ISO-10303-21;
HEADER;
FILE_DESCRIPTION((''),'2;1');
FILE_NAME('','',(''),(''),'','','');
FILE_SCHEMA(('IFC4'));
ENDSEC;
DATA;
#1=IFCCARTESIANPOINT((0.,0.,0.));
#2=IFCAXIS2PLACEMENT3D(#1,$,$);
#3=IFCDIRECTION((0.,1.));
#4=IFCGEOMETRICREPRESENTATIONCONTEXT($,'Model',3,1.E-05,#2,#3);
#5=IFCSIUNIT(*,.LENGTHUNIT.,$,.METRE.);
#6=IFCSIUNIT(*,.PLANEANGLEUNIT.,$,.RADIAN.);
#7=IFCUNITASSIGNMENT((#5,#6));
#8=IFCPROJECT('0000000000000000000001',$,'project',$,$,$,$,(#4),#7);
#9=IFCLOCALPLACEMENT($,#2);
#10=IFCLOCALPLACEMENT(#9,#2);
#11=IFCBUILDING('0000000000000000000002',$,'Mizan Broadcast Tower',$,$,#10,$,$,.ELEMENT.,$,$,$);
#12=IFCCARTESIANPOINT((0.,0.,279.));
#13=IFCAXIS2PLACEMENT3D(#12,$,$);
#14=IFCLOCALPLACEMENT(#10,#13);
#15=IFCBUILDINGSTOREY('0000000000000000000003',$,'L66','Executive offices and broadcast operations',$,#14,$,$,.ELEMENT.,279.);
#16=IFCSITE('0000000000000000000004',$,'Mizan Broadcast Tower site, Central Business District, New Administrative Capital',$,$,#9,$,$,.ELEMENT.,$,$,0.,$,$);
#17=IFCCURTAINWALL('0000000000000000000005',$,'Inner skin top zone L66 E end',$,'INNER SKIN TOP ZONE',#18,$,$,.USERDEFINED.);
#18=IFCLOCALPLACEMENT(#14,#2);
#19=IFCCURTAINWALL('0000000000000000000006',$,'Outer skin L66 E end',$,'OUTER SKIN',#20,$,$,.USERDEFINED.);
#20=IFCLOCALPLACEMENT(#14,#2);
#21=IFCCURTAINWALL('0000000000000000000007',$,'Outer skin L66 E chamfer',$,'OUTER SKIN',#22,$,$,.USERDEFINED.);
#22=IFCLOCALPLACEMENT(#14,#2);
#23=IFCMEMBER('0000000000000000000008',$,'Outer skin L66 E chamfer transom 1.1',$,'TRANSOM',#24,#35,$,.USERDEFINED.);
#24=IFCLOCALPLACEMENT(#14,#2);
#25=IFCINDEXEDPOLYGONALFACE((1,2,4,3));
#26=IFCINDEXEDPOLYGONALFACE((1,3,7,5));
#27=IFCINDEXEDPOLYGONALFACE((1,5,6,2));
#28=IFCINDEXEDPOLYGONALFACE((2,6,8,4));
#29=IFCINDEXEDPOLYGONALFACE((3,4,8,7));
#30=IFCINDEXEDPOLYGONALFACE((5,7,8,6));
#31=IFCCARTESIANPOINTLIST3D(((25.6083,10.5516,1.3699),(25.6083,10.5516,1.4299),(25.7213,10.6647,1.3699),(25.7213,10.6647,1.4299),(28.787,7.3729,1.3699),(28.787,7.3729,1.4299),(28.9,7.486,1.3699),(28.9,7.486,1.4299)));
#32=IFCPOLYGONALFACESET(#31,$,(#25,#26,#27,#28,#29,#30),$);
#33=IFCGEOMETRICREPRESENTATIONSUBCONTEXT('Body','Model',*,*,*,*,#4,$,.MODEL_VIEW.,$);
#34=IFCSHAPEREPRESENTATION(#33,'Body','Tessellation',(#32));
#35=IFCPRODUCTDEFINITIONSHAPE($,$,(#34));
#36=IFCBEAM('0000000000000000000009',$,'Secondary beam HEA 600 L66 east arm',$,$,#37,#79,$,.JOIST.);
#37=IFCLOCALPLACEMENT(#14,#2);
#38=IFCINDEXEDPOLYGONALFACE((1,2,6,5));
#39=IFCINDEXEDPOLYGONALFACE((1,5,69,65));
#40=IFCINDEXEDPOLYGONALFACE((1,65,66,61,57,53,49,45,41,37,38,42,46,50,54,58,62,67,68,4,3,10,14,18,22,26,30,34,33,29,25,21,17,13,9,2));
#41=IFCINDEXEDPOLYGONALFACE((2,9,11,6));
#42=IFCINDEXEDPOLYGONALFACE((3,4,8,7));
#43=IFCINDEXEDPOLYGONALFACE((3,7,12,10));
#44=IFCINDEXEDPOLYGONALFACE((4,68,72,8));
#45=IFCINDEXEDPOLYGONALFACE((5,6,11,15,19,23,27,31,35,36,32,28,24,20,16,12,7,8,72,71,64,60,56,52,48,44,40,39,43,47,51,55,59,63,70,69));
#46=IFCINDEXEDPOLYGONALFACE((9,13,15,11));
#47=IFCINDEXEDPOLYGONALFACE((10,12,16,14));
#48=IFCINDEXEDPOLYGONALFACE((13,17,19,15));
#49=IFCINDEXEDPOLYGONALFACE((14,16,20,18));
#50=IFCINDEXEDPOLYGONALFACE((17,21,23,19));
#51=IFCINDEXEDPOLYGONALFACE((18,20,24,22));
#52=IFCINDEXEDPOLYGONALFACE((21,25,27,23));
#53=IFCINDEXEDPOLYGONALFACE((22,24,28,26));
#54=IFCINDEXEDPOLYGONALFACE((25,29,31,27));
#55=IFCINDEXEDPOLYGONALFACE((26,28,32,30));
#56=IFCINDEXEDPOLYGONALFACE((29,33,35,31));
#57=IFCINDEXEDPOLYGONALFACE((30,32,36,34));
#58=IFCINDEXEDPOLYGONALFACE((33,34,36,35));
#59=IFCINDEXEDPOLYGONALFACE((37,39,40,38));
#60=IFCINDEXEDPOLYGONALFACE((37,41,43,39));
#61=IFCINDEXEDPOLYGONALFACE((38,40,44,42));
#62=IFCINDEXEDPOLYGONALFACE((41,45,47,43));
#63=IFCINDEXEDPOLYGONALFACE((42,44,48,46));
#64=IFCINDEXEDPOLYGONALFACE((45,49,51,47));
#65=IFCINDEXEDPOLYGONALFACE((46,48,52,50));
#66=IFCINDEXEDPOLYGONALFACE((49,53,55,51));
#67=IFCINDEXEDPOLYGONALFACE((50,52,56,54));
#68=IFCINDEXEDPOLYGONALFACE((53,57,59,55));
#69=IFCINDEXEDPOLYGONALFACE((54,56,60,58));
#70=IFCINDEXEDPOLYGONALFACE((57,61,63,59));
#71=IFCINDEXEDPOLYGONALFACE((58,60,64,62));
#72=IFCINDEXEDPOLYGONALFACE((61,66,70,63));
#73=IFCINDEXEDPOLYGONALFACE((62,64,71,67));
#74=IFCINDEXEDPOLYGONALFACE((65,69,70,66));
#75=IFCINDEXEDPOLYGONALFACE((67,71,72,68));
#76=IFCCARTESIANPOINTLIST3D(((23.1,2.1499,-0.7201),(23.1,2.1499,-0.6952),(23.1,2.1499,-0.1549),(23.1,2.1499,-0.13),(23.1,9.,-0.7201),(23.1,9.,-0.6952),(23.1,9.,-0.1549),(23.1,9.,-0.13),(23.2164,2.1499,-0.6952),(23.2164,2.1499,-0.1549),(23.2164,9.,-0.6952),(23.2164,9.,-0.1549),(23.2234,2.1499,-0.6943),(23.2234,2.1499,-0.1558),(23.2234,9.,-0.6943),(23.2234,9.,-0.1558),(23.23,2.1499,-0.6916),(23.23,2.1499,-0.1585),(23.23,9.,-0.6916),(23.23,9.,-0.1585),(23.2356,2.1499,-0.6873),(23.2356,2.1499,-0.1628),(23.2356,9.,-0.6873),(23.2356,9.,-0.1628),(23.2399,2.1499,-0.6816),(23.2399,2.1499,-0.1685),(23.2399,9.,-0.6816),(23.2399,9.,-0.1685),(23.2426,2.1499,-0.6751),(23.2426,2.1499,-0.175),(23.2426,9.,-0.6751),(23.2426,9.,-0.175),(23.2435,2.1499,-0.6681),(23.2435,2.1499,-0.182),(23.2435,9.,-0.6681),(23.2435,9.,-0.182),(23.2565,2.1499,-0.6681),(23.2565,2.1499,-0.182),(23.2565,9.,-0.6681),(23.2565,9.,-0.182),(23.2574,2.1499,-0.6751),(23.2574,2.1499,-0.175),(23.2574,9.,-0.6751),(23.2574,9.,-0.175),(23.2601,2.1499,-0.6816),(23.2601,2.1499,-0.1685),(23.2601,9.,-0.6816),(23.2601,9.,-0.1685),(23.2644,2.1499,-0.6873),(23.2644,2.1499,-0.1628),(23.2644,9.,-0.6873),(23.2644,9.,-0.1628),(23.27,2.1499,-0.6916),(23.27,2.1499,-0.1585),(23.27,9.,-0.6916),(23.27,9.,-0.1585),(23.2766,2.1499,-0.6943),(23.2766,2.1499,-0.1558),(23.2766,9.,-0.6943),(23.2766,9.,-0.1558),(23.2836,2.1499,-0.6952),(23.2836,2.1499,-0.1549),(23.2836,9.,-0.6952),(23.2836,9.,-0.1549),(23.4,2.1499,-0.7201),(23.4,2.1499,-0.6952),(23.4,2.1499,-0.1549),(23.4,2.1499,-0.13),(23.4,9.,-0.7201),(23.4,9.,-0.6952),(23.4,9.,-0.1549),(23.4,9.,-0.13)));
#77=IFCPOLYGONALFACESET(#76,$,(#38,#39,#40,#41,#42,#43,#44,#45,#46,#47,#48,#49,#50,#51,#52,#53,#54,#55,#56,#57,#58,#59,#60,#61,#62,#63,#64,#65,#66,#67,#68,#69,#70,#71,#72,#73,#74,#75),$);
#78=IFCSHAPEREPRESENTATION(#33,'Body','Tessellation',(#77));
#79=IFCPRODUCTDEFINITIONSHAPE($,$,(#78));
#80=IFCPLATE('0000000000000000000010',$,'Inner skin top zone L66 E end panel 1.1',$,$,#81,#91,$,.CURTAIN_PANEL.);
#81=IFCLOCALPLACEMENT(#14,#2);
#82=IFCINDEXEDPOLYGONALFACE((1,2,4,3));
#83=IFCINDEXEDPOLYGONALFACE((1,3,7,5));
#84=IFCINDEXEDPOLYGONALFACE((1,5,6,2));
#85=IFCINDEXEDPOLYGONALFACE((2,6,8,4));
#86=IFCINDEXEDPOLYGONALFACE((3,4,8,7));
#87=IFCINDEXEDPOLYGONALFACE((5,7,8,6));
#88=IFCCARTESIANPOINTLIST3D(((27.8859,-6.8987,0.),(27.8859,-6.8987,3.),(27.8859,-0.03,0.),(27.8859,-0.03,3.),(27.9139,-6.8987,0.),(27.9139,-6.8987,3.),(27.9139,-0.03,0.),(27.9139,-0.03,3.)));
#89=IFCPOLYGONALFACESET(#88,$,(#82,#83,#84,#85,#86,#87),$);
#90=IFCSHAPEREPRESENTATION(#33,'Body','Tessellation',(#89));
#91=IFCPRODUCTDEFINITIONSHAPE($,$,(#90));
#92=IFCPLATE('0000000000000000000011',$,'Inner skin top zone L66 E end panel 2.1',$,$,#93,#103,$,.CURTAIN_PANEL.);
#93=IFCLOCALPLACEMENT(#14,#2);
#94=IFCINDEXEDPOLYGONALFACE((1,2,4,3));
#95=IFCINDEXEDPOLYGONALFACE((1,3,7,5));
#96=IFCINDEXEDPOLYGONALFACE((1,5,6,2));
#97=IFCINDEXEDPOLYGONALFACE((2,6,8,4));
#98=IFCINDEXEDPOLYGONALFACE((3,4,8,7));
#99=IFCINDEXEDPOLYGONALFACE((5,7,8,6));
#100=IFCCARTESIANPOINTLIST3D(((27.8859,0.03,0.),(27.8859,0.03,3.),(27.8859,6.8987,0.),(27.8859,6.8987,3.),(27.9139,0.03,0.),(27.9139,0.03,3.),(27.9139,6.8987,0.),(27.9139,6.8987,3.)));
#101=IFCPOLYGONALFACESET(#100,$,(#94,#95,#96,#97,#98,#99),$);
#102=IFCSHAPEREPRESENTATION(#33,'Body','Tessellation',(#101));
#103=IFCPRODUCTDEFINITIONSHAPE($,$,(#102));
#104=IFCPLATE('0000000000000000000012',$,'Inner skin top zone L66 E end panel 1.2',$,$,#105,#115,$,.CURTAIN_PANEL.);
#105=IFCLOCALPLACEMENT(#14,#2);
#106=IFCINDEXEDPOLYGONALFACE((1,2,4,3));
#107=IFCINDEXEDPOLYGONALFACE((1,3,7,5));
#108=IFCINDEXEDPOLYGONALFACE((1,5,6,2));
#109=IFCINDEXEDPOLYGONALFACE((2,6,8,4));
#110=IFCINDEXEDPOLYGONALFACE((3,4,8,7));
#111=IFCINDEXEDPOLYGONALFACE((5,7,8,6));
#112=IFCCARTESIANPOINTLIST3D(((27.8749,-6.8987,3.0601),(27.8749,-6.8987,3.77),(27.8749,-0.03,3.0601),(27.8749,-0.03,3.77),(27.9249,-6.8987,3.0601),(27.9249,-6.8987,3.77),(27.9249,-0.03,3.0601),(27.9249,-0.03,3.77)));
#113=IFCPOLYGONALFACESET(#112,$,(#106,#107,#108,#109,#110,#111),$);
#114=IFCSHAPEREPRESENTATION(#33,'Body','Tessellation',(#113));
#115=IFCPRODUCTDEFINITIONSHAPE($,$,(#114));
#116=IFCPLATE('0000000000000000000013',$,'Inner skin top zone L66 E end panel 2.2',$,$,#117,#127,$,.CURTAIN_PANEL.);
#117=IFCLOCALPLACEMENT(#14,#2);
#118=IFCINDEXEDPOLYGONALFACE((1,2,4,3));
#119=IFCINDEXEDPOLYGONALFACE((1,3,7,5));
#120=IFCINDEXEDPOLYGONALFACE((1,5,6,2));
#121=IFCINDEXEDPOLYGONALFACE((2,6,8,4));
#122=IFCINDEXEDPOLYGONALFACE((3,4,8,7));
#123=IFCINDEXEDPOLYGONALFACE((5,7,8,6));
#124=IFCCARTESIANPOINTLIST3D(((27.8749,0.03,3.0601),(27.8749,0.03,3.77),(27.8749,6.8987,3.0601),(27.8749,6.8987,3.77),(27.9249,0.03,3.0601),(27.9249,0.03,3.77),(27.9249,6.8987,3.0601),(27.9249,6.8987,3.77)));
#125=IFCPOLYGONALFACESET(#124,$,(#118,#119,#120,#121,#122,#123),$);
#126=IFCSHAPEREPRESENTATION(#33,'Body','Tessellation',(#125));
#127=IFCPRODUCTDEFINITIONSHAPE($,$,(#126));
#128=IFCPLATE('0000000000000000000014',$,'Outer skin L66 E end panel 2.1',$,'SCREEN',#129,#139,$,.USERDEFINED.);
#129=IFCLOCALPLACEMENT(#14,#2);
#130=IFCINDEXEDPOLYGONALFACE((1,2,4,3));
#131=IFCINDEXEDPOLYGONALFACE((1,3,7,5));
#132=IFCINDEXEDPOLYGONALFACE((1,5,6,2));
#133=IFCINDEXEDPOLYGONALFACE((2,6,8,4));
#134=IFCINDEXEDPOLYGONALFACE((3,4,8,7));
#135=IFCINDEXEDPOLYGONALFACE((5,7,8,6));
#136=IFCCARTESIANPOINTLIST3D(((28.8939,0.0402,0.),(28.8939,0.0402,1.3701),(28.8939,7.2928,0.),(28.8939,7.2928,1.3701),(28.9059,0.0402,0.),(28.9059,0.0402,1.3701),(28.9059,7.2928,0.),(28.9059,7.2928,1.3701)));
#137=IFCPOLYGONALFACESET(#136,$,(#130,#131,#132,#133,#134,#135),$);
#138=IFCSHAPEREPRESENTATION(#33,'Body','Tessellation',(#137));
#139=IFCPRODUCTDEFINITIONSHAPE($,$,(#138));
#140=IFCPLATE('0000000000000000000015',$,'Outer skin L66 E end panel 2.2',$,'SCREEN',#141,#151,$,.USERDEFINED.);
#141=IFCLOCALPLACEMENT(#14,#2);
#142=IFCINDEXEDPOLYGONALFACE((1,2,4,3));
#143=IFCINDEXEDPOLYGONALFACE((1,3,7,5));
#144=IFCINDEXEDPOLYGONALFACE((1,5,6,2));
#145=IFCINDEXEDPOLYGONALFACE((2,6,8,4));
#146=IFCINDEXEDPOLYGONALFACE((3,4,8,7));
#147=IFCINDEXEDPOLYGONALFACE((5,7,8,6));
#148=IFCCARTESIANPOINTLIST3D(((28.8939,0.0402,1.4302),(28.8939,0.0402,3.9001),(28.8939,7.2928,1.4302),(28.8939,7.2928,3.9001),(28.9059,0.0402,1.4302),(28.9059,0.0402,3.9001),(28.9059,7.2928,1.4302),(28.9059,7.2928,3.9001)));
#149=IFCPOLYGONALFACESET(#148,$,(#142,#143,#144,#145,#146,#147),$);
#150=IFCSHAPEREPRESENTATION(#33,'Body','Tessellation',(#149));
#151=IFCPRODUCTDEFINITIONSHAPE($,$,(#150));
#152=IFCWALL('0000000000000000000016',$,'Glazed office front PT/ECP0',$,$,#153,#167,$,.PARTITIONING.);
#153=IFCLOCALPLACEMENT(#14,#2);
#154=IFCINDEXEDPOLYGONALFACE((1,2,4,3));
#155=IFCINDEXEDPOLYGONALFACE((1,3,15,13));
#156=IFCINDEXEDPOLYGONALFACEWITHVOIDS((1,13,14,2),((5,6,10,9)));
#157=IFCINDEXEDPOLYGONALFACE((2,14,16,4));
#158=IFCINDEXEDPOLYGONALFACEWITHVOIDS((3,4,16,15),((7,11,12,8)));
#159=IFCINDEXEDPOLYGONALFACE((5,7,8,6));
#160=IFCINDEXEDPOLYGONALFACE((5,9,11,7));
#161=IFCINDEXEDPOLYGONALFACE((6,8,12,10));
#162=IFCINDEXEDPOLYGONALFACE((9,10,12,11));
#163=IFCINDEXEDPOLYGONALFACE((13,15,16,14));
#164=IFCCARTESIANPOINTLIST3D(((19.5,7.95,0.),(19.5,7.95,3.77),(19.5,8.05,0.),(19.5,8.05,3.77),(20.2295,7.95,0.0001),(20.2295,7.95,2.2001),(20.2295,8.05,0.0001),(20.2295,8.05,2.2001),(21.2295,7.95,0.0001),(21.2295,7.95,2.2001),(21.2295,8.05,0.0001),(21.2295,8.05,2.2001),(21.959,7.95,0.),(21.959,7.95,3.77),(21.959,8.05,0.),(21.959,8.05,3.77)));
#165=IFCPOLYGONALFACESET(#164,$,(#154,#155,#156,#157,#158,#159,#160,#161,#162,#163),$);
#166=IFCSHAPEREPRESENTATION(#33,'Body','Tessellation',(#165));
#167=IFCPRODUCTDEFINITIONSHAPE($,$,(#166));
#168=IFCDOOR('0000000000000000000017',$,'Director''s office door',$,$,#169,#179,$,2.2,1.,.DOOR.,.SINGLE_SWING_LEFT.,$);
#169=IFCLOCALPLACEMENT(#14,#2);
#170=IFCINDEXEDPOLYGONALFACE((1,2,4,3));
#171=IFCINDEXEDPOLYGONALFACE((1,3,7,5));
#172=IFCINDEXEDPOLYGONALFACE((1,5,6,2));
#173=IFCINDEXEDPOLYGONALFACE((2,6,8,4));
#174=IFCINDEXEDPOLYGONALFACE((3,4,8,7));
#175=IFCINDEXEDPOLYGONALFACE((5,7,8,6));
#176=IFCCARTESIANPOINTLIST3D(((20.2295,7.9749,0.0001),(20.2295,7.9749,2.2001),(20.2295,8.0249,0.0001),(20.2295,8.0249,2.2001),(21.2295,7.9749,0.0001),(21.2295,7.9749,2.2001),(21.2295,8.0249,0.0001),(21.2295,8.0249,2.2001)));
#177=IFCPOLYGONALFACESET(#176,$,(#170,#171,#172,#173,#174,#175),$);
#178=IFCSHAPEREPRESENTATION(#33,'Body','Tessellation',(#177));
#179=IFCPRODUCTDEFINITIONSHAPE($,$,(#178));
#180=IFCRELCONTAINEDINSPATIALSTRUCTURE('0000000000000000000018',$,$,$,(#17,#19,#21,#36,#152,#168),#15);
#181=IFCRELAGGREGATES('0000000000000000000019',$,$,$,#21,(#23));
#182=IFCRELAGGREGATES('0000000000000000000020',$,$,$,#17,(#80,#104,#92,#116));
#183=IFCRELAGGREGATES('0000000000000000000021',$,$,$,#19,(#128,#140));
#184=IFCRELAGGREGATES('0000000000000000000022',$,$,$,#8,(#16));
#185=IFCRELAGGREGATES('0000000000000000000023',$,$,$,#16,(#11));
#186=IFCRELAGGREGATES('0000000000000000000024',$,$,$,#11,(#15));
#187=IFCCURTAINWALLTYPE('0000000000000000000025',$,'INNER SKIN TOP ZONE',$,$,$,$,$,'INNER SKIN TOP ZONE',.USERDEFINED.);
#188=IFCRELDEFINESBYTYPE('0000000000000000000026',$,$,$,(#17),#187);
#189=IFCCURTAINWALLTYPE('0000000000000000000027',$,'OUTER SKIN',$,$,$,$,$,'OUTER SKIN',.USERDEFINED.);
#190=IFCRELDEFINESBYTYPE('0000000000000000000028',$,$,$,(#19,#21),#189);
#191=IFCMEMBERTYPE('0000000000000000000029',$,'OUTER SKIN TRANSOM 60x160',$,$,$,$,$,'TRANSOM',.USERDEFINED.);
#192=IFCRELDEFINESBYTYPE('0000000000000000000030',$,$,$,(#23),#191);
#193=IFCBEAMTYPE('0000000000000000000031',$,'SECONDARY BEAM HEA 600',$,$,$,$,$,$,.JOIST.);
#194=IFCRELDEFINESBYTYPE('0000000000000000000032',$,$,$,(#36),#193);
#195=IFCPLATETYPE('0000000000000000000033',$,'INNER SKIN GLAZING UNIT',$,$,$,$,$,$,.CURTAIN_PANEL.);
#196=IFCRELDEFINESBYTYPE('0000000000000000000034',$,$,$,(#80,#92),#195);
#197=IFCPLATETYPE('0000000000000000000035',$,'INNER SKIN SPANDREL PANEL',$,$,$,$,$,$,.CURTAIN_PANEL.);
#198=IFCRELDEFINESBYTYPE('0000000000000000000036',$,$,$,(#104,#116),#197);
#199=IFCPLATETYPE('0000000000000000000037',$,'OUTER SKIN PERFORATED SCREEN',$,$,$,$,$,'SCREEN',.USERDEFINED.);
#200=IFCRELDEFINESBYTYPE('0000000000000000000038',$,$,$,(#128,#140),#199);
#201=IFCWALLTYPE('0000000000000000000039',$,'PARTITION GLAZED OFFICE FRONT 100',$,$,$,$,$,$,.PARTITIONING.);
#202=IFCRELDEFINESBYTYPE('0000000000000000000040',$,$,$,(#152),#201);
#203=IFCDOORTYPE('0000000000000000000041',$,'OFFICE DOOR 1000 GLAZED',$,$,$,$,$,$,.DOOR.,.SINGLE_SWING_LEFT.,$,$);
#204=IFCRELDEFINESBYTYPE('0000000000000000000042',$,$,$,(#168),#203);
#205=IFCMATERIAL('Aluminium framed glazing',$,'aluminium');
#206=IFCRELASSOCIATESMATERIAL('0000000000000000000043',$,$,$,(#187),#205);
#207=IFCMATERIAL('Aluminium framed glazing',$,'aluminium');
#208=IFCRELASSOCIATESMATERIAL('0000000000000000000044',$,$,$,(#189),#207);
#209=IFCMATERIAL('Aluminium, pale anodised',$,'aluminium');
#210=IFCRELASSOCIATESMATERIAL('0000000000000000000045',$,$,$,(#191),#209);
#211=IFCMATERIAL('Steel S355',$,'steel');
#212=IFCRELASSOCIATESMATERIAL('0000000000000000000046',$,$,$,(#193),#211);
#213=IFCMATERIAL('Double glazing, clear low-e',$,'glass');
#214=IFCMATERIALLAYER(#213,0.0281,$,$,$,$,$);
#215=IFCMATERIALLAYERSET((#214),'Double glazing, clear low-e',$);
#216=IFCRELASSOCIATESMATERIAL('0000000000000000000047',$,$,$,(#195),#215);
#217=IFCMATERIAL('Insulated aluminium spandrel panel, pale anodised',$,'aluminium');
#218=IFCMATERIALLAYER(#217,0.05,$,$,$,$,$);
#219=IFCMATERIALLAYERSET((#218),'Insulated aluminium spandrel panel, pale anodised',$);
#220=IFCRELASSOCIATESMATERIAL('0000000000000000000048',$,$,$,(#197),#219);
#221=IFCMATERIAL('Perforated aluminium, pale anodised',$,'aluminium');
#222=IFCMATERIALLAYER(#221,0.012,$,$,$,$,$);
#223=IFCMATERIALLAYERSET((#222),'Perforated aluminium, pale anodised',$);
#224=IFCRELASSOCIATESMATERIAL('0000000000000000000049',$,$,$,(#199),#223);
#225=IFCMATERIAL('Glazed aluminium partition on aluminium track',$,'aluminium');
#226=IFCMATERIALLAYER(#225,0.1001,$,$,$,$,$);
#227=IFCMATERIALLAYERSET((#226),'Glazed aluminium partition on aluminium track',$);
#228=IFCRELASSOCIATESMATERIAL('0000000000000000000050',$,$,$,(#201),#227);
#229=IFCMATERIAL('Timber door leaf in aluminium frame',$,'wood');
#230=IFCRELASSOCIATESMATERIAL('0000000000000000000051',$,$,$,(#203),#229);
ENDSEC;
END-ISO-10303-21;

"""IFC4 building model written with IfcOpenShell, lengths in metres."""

from ifc_helpers import new_model, si_unit, direction, frame, frame_2d, origin, origin_2d, place, context, subcontext, project, spatial, rectangle, i_section, extrude, material, layer, layer_set, material_profile, profile_set, type_object, element, fill, aggregate, save


model = new_model("IFC4")

# Units and contexts
model_context = context("Model", 3, precision=1e-05, world=origin(), true_north=direction((0.0, 1.0)))
body_context = subcontext(model_context, "Body", "Model", "MODEL_VIEW")
ifc_project = project(units=[si_unit("LENGTHUNIT", "METRE"), si_unit("PLANEANGLEUNIT", "RADIAN")], contexts=[model_context])

# Site, building, storey
site_placement = place(None, origin())
site = spatial("IfcSite", under=ifc_project, at=site_placement, Name="Mizan Broadcast Tower site, Central Business District, New Administrative Capital", CompositionType="ELEMENT", RefElevation=0.0)
building_placement = place(site_placement, origin())
building = spatial("IfcBuilding", under=site, at=building_placement, Name="Mizan Broadcast Tower", CompositionType="ELEMENT")
storey_placement = place(building_placement, frame((0.0, 0.0, 279.0)))
storey = spatial("IfcBuildingStorey", under=building, at=storey_placement, Name="L66", Description="Executive offices and broadcast operations", CompositionType="ELEMENT", Elevation=279.0)

# Curtain wall
ifc_material_1 = material(Name="Aluminium framed glazing", Category="aluminium")
curtain_wall_type_1 = type_object("IfcCurtainWallType", Name="INNER SKIN TOP ZONE", ElementType="INNER SKIN TOP ZONE", PredefinedType="USERDEFINED", material=ifc_material_1)
curtain_wall_1_placement = place(storey_placement, origin())
curtain_wall_1 = element("IfcCurtainWall", 1, at=curtain_wall_1_placement, inside=storey, type_object=curtain_wall_type_1, Name="Inner skin top zone L66 E end", ObjectType="INNER SKIN TOP ZONE", PredefinedType="USERDEFINED")

# Curtain wall
ifc_material_2 = material(Name="Aluminium framed glazing", Category="aluminium")
curtain_wall_type_2 = type_object("IfcCurtainWallType", Name="OUTER SKIN", ElementType="OUTER SKIN", PredefinedType="USERDEFINED", material=ifc_material_2)
curtain_wall_2_placement = place(storey_placement, origin())
curtain_wall_2 = element("IfcCurtainWall", 2, at=curtain_wall_2_placement, inside=storey, type_object=curtain_wall_type_2, Name="Outer skin L66 E end", ObjectType="OUTER SKIN", PredefinedType="USERDEFINED")
ifc_material_3 = material(Name="Aluminium, pale anodised", Category="aluminium")
ifc_material_profile_1 = material_profile(ifc_material_3, rectangle(XDim=0.1599, YDim=0.0601, at=origin_2d()), Name="TRANSOM 160x60")
ifc_profile_set_1 = profile_set([ifc_material_profile_1], Name="Aluminium, pale anodised")
member_type_1 = type_object("IfcMemberType", Name="OUTER SKIN TRANSOM 60x160", ElementType="TRANSOM", PredefinedType="USERDEFINED", material=ifc_profile_set_1)

# Curtain wall, member
curtain_wall_3_placement = place(storey_placement, origin())
curtain_wall_3 = element("IfcCurtainWall", 3, at=curtain_wall_3_placement, inside=storey, type_object=curtain_wall_type_2, Name="Outer skin L66 E chamfer", ObjectType="OUTER SKIN", PredefinedType="USERDEFINED")
member_1_placement = place(storey_placement, frame((28.8435, 7.4294, 1.3999), z_axis=(-0.707107, 0.707107, 0.0), x_axis=(-0.707107, -0.707107, 0.0)))
member_1 = element("IfcMember", 4, at=member_1_placement, type_object=member_type_1, Name="Outer skin L66 E chamfer transom 1.1", ObjectType="TRANSOM", PredefinedType="USERDEFINED", context=body_context, shape_type="SweptSolid", body=[
    extrude(rectangle(XDim=0.1599, YDim=0.0601, at=origin_2d()), origin(), (0.0, 0.0, 1.0), 4.4954),
])
aggregate(curtain_wall_3, [member_1])

# Beam
ifc_material_4 = material(Name="Steel S355", Category="steel")
ifc_material_profile_2 = material_profile(ifc_material_4, i_section(OverallWidth=0.3, OverallDepth=0.5901, WebThickness=0.0129, FlangeThickness=0.0249, FilletRadius=0.0271, at=origin_2d()), Name="HEA 600")
ifc_profile_set_2 = profile_set([ifc_material_profile_2], Name="Steel S355")
beam_type_1 = type_object("IfcBeamType", Name="SECONDARY BEAM HEA 600", PredefinedType="JOIST", material=ifc_profile_set_2)
beam_1_placement = place(storey_placement, frame((23.25, 9.0, -0.425), z_axis=(0.0, -1.0, 0.0), x_axis=(1.0, 0.0, 0.0)))
element("IfcBeam", 5, at=beam_1_placement, inside=storey, type_object=beam_type_1, Name="Secondary beam HEA 600 L66 east arm", PredefinedType="JOIST", context=body_context, shape_type="SweptSolid", body=[
    extrude(i_section(OverallWidth=0.3, OverallDepth=0.5901, WebThickness=0.0129, FlangeThickness=0.0249, FilletRadius=0.0271, at=origin_2d()), origin(), (0.0, 0.0, 1.0), 6.8501),
])

# Plates
ifc_material_5 = material(Name="Double glazing, clear low-e", Category="glass")
ifc_layer_1 = layer(ifc_material_5, 0.0281)
ifc_layer_set_1 = layer_set([ifc_layer_1], Name="Double glazing, clear low-e")
plate_type_1 = type_object("IfcPlateType", Name="INNER SKIN GLAZING UNIT", PredefinedType="CURTAIN_PANEL", material=ifc_layer_set_1)
plate_1_placement = place(storey_placement, frame((27.8999, -3.4644, 0.0), z_axis=(0.0, 0.0, 1.0), x_axis=(0.0, 1.0, 0.0)))
plate_1 = element("IfcPlate", 6, at=plate_1_placement, type_object=plate_type_1, Name="Inner skin top zone L66 E end panel 1.1", PredefinedType="CURTAIN_PANEL", context=body_context, shape_type="SweptSolid", body=[
    extrude(rectangle(XDim=6.8687, YDim=0.0281, at=origin_2d()), origin(), (0.0, 0.0, 1.0), 3.0),
])
plate_2_placement = place(storey_placement, frame((27.8999, 3.4644, 0.0), z_axis=(0.0, 0.0, 1.0), x_axis=(0.0, 1.0, 0.0)))
plate_2 = element("IfcPlate", 7, at=plate_2_placement, type_object=plate_type_1, Name="Inner skin top zone L66 E end panel 2.1", PredefinedType="CURTAIN_PANEL", context=body_context, shape_type="SweptSolid", body=[
    extrude(rectangle(XDim=6.8687, YDim=0.0281, at=origin_2d()), origin(), (0.0, 0.0, 1.0), 3.0),
])
ifc_material_6 = material(Name="Insulated aluminium spandrel panel, pale anodised", Category="aluminium")
ifc_layer_2 = layer(ifc_material_6, 0.05)
ifc_layer_set_2 = layer_set([ifc_layer_2], Name="Insulated aluminium spandrel panel, pale anodised")
plate_type_2 = type_object("IfcPlateType", Name="INNER SKIN SPANDREL PANEL", PredefinedType="CURTAIN_PANEL", material=ifc_layer_set_2)
plate_3_placement = place(storey_placement, frame((27.8999, -3.4644, 3.0601), z_axis=(0.0, 0.0, 1.0), x_axis=(0.0, 1.0, 0.0)))
plate_3 = element("IfcPlate", 8, at=plate_3_placement, type_object=plate_type_2, Name="Inner skin top zone L66 E end panel 1.2", PredefinedType="CURTAIN_PANEL", context=body_context, shape_type="SweptSolid", body=[
    extrude(rectangle(XDim=6.8687, YDim=0.05, at=origin_2d()), origin(), (0.0, 0.0, 1.0), 0.71),
])
plate_4_placement = place(storey_placement, frame((27.8999, 3.4644, 3.0601), z_axis=(0.0, 0.0, 1.0), x_axis=(0.0, 1.0, 0.0)))
plate_4 = element("IfcPlate", 9, at=plate_4_placement, type_object=plate_type_2, Name="Inner skin top zone L66 E end panel 2.2", PredefinedType="CURTAIN_PANEL", context=body_context, shape_type="SweptSolid", body=[
    extrude(rectangle(XDim=6.8687, YDim=0.05, at=origin_2d()), origin(), (0.0, 0.0, 1.0), 0.71),
])
aggregate(curtain_wall_1, [plate_1, plate_3, plate_2, plate_4])
ifc_material_7 = material(Name="Perforated aluminium, pale anodised", Category="aluminium")
ifc_layer_3 = layer(ifc_material_7, 0.012)
ifc_layer_set_3 = layer_set([ifc_layer_3], Name="Perforated aluminium, pale anodised")
plate_type_3 = type_object("IfcPlateType", Name="OUTER SKIN PERFORATED SCREEN", ElementType="SCREEN", PredefinedType="USERDEFINED", material=ifc_layer_set_3)
plate_5_placement = place(storey_placement, frame((28.8999, 3.6665, 0.0), z_axis=(0.0, 0.0, 1.0), x_axis=(0.0, 1.0, 0.0)))
plate_5 = element("IfcPlate", 10, at=plate_5_placement, type_object=plate_type_3, Name="Outer skin L66 E end panel 2.1", ObjectType="SCREEN", PredefinedType="USERDEFINED", context=body_context, shape_type="SweptSolid", body=[
    extrude(rectangle(XDim=7.2527, YDim=0.012, at=origin_2d()), origin(), (0.0, 0.0, 1.0), 1.3701),
])
plate_6_placement = place(storey_placement, frame((28.8999, 3.6665, 1.4302), z_axis=(0.0, 0.0, 1.0), x_axis=(0.0, 1.0, 0.0)))
plate_6 = element("IfcPlate", 11, at=plate_6_placement, type_object=plate_type_3, Name="Outer skin L66 E end panel 2.2", ObjectType="SCREEN", PredefinedType="USERDEFINED", context=body_context, shape_type="SweptSolid", body=[
    extrude(rectangle(XDim=7.2527, YDim=0.012, at=origin_2d()), origin(), (0.0, 0.0, 1.0), 2.47),
])
aggregate(curtain_wall_2, [plate_5, plate_6])

# Wall, opening, door
ifc_material_8 = material(Name="Glazed aluminium partition on aluminium track", Category="aluminium")
ifc_layer_4 = layer(ifc_material_8, 0.1001)
ifc_layer_set_4 = layer_set([ifc_layer_4], Name="Glazed aluminium partition on aluminium track")
wall_type = type_object("IfcWallType", Name="PARTITION GLAZED OFFICE FRONT 100", PredefinedType="PARTITIONING", material=ifc_layer_set_4)
wall_1_placement = place(storey_placement, frame((19.5, 8.0, 0.0), z_axis=(0.0, 0.0, 1.0), x_axis=(1.0, 0.0, 0.0)))
wall_1 = element("IfcWall", 12, at=wall_1_placement, inside=storey, type_object=wall_type, Name="Glazed office front PT/ECP0", PredefinedType="PARTITIONING", context=body_context, shape_type="SweptSolid", body=[
    extrude(rectangle(XDim=2.459, YDim=0.1001, at=frame_2d((1.2295, 0.0))), origin(), (0.0, 0.0, 1.0), 3.77),
])
opening_placement = place(wall_1_placement, frame((0.7295, 0.0, 0.0)))
opening = element("IfcOpeningElement", 13, at=opening_placement, cuts=wall_1, PredefinedType="OPENING", context=body_context, shape_type="SweptSolid", body=[
    extrude(rectangle(XDim=1.0, YDim=2.2, at=frame_2d((0.5, 1.1001))), frame((0.0, 0.0601, 0.0), z_axis=(0.0, -1.0, 0.0), x_axis=(1.0, 0.0, 0.0)), (0.0, 0.0, 1.0), 0.1201),
])
ifc_material_9 = material(Name="Timber door leaf in aluminium frame", Category="wood")
door_type = type_object("IfcDoorType", Name="OFFICE DOOR 1000 GLAZED", OperationType="SINGLE_SWING_LEFT", PredefinedType="DOOR", material=ifc_material_9)
door_placement = place(opening_placement, origin())
door = element("IfcDoor", 14, at=door_placement, inside=storey, type_object=door_type, Name="Director's office door", OperationType="SINGLE_SWING_LEFT", OverallHeight=2.2, OverallWidth=1.0, PredefinedType="DOOR", context=body_context, shape_type="SweptSolid", body=[
    extrude(rectangle(XDim=1.0, YDim=2.2, at=frame_2d((0.5, 1.1001))), frame((0.0, 0.0249, 0.0), z_axis=(0.0, -1.0, 0.0), x_axis=(1.0, 0.0, 0.0)), (0.0, 0.0, 1.0), 0.05),
])
fill(opening, door)

save(model, "model.ifc")
